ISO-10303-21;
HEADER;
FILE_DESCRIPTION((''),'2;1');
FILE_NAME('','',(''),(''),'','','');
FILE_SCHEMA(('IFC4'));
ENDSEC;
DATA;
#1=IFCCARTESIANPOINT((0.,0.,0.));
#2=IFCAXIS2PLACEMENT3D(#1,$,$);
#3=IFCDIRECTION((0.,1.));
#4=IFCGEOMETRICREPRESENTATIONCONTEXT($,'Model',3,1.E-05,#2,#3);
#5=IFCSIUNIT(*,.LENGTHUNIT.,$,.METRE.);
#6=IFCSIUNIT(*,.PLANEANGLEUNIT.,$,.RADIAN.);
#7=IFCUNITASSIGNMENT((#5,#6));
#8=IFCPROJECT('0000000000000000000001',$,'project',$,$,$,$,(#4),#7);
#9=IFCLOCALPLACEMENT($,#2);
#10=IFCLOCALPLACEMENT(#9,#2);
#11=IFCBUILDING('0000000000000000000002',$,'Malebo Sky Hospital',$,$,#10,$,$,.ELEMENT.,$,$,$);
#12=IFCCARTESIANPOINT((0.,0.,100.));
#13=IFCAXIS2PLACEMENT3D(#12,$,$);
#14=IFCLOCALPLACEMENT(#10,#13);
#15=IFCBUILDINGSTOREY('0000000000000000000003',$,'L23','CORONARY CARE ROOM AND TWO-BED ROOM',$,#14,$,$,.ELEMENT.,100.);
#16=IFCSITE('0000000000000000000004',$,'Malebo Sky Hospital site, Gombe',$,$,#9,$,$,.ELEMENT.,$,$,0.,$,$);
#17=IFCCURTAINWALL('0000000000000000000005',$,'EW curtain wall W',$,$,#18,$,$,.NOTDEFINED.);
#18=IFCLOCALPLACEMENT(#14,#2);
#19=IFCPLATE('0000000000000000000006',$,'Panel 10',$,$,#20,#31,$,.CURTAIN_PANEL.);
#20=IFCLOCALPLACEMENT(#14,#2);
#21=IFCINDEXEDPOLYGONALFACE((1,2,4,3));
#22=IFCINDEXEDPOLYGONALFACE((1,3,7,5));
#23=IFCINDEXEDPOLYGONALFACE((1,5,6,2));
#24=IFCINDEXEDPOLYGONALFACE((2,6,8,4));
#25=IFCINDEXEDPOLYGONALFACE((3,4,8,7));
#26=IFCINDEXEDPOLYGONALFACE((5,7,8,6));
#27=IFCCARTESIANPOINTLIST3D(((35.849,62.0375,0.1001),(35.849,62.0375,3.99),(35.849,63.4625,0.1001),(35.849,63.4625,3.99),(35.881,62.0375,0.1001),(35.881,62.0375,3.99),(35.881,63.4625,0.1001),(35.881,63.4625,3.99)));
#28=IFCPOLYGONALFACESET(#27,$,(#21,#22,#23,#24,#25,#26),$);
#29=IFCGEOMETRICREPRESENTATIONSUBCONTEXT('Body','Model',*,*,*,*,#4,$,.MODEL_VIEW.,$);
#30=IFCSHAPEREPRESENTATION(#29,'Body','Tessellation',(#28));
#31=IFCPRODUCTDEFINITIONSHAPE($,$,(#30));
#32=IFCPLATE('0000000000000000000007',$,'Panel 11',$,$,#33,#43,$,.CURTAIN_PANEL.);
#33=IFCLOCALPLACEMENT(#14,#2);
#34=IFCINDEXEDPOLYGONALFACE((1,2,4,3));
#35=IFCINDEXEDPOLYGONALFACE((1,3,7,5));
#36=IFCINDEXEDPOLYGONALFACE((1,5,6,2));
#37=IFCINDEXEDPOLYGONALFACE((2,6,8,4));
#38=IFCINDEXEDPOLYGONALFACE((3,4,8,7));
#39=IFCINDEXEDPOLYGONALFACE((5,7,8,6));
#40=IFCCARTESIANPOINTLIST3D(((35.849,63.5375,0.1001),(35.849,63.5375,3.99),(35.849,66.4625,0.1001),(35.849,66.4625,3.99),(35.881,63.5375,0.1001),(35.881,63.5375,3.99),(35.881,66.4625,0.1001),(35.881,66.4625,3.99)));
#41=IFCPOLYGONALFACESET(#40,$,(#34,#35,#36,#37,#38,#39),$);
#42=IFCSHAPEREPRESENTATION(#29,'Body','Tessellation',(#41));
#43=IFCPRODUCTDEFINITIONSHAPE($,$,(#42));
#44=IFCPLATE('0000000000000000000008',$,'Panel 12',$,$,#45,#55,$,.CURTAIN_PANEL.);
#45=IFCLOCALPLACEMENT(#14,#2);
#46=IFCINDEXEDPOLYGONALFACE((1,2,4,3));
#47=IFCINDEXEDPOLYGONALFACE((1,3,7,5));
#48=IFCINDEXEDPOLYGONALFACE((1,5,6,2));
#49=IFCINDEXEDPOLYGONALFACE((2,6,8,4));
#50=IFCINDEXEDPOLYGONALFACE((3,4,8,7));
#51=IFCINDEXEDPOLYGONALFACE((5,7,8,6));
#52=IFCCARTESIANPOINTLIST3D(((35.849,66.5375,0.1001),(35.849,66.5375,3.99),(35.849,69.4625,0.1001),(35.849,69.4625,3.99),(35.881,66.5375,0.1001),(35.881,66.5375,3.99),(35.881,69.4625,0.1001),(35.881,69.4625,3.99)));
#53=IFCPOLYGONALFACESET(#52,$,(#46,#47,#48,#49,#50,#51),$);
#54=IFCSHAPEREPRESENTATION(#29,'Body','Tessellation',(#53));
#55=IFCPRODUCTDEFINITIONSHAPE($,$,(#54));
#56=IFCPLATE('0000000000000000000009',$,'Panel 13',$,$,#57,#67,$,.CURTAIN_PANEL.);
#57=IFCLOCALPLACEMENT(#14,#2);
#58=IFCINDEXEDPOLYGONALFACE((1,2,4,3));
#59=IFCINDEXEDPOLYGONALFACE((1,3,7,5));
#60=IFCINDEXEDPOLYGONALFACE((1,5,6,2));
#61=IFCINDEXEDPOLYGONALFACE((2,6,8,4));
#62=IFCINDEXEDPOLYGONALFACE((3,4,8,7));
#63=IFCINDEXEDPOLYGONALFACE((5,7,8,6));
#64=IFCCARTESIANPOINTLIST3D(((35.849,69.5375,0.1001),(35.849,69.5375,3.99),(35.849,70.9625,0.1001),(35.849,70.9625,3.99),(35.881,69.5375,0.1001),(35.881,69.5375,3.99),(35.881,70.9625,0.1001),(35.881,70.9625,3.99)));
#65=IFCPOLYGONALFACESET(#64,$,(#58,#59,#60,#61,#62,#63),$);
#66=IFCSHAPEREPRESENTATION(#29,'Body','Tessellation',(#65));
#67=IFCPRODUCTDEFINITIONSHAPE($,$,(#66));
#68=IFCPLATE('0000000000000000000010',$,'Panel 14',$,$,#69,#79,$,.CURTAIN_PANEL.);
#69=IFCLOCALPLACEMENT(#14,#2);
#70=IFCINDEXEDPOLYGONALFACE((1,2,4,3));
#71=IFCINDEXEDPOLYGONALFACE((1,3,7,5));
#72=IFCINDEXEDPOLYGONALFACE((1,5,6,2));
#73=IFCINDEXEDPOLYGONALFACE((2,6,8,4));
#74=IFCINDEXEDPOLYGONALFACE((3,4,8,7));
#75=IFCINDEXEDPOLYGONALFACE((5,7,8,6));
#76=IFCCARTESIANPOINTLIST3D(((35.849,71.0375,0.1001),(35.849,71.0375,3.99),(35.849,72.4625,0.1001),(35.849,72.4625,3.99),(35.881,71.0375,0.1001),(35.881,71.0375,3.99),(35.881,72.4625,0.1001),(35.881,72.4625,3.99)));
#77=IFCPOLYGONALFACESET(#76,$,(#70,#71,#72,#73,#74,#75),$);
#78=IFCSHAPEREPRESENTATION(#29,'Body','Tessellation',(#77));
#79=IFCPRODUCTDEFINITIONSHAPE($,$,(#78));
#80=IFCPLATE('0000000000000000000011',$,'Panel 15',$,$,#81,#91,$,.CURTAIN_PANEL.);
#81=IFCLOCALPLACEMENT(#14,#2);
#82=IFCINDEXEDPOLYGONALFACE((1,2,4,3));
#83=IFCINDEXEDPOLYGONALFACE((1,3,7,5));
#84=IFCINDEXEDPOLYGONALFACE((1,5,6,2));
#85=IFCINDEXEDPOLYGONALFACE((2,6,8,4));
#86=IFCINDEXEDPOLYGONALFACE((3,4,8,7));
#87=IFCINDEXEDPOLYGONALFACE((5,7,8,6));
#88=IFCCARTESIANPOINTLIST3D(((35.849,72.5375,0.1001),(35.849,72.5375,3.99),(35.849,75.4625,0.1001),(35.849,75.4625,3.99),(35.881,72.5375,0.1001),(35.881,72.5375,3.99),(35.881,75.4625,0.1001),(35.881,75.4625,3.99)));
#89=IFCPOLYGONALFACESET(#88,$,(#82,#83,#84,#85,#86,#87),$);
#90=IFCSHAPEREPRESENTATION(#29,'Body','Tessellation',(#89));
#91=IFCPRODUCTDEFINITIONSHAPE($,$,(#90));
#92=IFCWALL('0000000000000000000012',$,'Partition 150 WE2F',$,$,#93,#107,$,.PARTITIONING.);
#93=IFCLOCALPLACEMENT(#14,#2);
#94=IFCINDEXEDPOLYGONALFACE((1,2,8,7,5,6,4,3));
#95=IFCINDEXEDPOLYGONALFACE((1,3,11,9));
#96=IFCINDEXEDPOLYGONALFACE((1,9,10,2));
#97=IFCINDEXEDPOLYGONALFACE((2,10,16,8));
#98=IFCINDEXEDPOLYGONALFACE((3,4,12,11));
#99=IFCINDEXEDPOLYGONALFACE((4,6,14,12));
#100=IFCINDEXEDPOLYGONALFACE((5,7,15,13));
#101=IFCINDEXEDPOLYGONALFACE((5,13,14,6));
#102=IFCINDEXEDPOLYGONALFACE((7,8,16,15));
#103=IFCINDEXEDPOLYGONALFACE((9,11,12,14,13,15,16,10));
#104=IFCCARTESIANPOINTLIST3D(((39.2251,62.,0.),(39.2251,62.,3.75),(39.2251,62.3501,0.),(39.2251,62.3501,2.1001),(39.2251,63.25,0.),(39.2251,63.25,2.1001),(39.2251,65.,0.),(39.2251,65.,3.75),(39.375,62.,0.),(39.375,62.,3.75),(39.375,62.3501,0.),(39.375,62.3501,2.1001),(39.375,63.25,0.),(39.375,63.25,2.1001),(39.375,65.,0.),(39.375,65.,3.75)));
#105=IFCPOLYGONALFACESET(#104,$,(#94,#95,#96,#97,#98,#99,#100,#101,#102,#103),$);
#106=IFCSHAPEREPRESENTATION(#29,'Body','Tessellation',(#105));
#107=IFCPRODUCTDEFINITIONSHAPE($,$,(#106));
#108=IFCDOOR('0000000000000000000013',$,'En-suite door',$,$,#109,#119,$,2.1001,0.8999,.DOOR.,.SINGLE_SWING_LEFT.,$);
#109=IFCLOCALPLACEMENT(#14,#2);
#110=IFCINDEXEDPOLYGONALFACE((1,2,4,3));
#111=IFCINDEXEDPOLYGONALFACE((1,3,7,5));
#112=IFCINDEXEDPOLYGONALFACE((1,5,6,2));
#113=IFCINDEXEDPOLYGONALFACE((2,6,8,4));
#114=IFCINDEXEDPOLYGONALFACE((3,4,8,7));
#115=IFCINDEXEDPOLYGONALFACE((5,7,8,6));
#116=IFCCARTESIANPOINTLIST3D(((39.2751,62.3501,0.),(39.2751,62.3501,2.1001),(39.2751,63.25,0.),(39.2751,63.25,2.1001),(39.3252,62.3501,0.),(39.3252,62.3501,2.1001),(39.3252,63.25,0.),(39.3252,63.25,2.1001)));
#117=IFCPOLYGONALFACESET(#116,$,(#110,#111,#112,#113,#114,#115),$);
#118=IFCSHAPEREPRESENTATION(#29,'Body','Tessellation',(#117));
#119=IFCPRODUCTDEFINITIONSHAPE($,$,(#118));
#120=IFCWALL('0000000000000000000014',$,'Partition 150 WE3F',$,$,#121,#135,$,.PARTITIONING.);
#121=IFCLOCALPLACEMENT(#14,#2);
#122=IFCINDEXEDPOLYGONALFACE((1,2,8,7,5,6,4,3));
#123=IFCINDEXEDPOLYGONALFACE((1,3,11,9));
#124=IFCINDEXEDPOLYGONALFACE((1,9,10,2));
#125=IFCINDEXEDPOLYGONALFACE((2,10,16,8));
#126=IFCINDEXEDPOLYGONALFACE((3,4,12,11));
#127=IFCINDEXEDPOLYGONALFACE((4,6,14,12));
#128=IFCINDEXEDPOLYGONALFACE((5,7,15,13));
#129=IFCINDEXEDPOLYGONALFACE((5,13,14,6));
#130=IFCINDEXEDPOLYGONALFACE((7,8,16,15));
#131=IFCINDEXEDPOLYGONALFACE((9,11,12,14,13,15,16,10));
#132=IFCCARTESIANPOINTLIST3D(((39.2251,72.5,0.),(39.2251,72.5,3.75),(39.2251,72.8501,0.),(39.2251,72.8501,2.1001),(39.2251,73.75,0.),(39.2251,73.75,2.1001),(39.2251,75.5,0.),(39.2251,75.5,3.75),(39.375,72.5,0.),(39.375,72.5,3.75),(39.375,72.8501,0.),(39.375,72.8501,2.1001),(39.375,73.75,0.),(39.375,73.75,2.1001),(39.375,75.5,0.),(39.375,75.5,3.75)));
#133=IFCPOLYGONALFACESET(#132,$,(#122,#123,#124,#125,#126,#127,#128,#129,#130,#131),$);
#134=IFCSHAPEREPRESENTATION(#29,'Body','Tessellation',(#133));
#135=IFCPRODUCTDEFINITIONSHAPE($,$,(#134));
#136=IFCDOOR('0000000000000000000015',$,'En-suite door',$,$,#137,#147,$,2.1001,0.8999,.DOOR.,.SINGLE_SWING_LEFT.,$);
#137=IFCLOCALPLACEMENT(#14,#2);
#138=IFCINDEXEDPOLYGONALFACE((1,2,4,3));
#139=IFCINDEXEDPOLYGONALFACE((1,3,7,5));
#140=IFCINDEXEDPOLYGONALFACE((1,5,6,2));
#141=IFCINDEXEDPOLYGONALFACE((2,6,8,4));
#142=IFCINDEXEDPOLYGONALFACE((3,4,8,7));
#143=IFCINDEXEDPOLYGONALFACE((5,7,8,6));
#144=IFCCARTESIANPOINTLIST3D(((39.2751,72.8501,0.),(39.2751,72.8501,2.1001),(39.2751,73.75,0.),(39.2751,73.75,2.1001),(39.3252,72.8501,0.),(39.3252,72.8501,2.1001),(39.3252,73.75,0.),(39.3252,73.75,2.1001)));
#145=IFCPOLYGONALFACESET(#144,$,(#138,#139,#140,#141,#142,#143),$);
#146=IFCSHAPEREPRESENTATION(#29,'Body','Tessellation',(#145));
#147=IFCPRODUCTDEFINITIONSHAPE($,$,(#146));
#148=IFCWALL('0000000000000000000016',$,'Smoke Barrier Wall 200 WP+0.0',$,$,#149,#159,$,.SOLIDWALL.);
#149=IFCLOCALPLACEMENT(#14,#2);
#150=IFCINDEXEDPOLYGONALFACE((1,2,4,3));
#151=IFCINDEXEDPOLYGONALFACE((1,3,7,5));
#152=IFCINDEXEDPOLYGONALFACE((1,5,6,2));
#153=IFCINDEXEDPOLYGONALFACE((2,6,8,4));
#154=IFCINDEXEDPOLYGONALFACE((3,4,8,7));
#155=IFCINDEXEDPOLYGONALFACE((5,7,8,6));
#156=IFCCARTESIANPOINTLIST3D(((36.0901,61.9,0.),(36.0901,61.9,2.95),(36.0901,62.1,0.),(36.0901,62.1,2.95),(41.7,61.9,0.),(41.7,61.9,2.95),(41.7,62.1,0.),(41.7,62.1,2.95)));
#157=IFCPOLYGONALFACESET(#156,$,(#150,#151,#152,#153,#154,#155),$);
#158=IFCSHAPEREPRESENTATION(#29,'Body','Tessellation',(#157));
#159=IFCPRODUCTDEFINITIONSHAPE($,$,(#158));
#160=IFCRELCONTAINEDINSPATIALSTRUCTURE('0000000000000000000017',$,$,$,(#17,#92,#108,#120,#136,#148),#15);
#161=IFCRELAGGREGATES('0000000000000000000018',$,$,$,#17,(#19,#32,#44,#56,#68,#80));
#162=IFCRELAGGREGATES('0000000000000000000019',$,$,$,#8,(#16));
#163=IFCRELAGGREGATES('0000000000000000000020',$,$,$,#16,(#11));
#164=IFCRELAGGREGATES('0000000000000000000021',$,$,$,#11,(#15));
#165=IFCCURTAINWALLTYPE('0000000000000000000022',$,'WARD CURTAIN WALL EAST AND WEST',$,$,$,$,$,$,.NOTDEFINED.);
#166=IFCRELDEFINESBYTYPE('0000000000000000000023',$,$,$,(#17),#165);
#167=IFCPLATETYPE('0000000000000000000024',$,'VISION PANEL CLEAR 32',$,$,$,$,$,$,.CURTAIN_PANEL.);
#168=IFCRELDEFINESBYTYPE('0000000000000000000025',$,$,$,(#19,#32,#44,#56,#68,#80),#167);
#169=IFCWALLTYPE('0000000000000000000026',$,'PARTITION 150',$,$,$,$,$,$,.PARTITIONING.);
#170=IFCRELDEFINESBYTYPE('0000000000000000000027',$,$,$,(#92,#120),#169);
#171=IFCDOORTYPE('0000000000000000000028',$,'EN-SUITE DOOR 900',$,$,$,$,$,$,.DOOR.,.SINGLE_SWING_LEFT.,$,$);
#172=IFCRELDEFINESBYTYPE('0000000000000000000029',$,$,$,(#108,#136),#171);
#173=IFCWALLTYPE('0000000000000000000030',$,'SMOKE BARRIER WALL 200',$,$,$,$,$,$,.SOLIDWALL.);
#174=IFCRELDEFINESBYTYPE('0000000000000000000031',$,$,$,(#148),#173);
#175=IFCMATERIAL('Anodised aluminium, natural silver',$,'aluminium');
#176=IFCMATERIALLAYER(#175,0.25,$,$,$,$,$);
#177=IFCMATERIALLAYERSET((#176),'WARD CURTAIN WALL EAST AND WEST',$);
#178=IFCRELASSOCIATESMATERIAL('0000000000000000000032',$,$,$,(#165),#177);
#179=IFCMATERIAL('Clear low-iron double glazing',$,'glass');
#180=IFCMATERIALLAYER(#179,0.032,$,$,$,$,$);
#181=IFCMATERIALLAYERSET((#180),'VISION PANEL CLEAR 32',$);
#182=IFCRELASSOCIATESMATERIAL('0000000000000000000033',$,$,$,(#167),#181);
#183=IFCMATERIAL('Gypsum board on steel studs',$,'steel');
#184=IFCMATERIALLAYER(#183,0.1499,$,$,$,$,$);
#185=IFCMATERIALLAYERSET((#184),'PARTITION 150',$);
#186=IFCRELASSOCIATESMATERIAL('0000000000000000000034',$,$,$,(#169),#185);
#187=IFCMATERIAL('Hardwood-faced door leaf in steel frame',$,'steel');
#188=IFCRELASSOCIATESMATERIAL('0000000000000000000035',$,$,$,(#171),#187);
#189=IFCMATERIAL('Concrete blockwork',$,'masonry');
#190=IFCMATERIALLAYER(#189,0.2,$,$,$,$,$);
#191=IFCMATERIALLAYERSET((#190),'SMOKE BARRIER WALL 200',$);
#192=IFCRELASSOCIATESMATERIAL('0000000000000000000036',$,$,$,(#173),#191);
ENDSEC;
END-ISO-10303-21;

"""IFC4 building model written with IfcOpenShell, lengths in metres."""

from ifc_helpers import new_model, si_unit, direction, frame, frame_2d, origin, origin_2d, place, context, subcontext, project, spatial, rectangle, extrude, material, layer, layer_set, type_object, element, fill, aggregate, save


model = new_model("IFC4")

# Units and contexts
model_context = context("Model", 3, precision=1e-05, world=origin(), true_north=direction((0.0, 1.0)))
body_context = subcontext(model_context, "Body", "Model", "MODEL_VIEW")
ifc_project = project(units=[si_unit("LENGTHUNIT", "METRE"), si_unit("PLANEANGLEUNIT", "RADIAN")], contexts=[model_context])

# Site, building, storey
site_placement = place(None, origin())
site = spatial("IfcSite", under=ifc_project, at=site_placement, Name="Malebo Sky Hospital site, Gombe", CompositionType="ELEMENT", RefElevation=0.0)
building_placement = place(site_placement, origin())
building = spatial("IfcBuilding", under=site, at=building_placement, Name="Malebo Sky Hospital", CompositionType="ELEMENT")
storey_placement = place(building_placement, frame((0.0, 0.0, 100.0)))
storey = spatial("IfcBuildingStorey", under=building, at=storey_placement, Name="L23", Description="CORONARY CARE ROOM AND TWO-BED ROOM", CompositionType="ELEMENT", Elevation=100.0)

# Curtain wall
ifc_material_1 = material(Name="Anodised aluminium, natural silver", Category="aluminium")
ifc_layer_1 = layer(ifc_material_1, 0.25)
ifc_layer_set_1 = layer_set([ifc_layer_1], Name="WARD CURTAIN WALL EAST AND WEST")
curtain_wall_type = type_object("IfcCurtainWallType", Name="WARD CURTAIN WALL EAST AND WEST", PredefinedType="NOTDEFINED", material=ifc_layer_set_1)
curtain_wall_placement = place(storey_placement, origin())
curtain_wall = element("IfcCurtainWall", 1, at=curtain_wall_placement, inside=storey, type_object=curtain_wall_type, Name="EW curtain wall W", PredefinedType="NOTDEFINED")

# Plates
ifc_material_2 = material(Name="Clear low-iron double glazing", Category="glass")
ifc_layer_2 = layer(ifc_material_2, 0.032)
ifc_layer_set_2 = layer_set([ifc_layer_2], Name="VISION PANEL CLEAR 32")
plate_type = type_object("IfcPlateType", Name="VISION PANEL CLEAR 32", PredefinedType="CURTAIN_PANEL", material=ifc_layer_set_2)
plate_1_placement = place(storey_placement, frame((35.865, 62.75, 0.1001), z_axis=(0.0, 0.0, 1.0), x_axis=(0.0, 1.0, 0.0)))
plate_1 = element("IfcPlate", 2, at=plate_1_placement, type_object=plate_type, Name="Panel 10", PredefinedType="CURTAIN_PANEL", context=body_context, shape_type="SweptSolid", body=[
    extrude(rectangle(XDim=1.425, YDim=0.032, at=origin_2d()), origin(), (0.0, 0.0, 1.0), 3.8899),
])
plate_2_placement = place(storey_placement, frame((35.865, 65.0, 0.1001), z_axis=(0.0, 0.0, 1.0), x_axis=(0.0, 1.0, 0.0)))
plate_2 = element("IfcPlate", 3, at=plate_2_placement, type_object=plate_type, Name="Panel 11", PredefinedType="CURTAIN_PANEL", context=body_context, shape_type="SweptSolid", body=[
    extrude(rectangle(XDim=2.925, YDim=0.032, at=origin_2d()), origin(), (0.0, 0.0, 1.0), 3.8899),
])
plate_3_placement = place(storey_placement, frame((35.865, 68.0, 0.1001), z_axis=(0.0, 0.0, 1.0), x_axis=(0.0, 1.0, 0.0)))
plate_3 = element("IfcPlate", 4, at=plate_3_placement, type_object=plate_type, Name="Panel 12", PredefinedType="CURTAIN_PANEL", context=body_context, shape_type="SweptSolid", body=[
    extrude(rectangle(XDim=2.925, YDim=0.032, at=origin_2d()), origin(), (0.0, 0.0, 1.0), 3.8899),
])
plate_4_placement = place(storey_placement, frame((35.865, 70.25, 0.1001), z_axis=(0.0, 0.0, 1.0), x_axis=(0.0, 1.0, 0.0)))
plate_4 = element("IfcPlate", 5, at=plate_4_placement, type_object=plate_type, Name="Panel 13", PredefinedType="CURTAIN_PANEL", context=body_context, shape_type="SweptSolid", body=[
    extrude(rectangle(XDim=1.425, YDim=0.032, at=origin_2d()), origin(), (0.0, 0.0, 1.0), 3.8899),
])
plate_5_placement = place(storey_placement, frame((35.865, 71.75, 0.1001), z_axis=(0.0, 0.0, 1.0), x_axis=(0.0, 1.0, 0.0)))
plate_5 = element("IfcPlate", 6, at=plate_5_placement, type_object=plate_type, Name="Panel 14", PredefinedType="CURTAIN_PANEL", context=body_context, shape_type="SweptSolid", body=[
    extrude(rectangle(XDim=1.425, YDim=0.032, at=origin_2d()), origin(), (0.0, 0.0, 1.0), 3.8899),
])
plate_6_placement = place(storey_placement, frame((35.865, 74.0, 0.1001), z_axis=(0.0, 0.0, 1.0), x_axis=(0.0, 1.0, 0.0)))
plate_6 = element("IfcPlate", 7, at=plate_6_placement, type_object=plate_type, Name="Panel 15", PredefinedType="CURTAIN_PANEL", context=body_context, shape_type="SweptSolid", body=[
    extrude(rectangle(XDim=2.925, YDim=0.032, at=origin_2d()), origin(), (0.0, 0.0, 1.0), 3.8899),
])
aggregate(curtain_wall, [plate_1, plate_2, plate_3, plate_4, plate_5, plate_6])

# Walls, openings, doors
ifc_material_3 = material(Name="Gypsum board on steel studs", Category="steel")
ifc_layer_3 = layer(ifc_material_3, 0.1499)
ifc_layer_set_3 = layer_set([ifc_layer_3], Name="PARTITION 150")
wall_type_1 = type_object("IfcWallType", Name="PARTITION 150", PredefinedType="PARTITIONING", material=ifc_layer_set_3)
wall_1_placement = place(storey_placement, frame((39.3, 62.0, 0.0), z_axis=(0.0, 0.0, 1.0), x_axis=(0.0, 1.0, 0.0)))
wall_1 = element("IfcWall", 8, at=wall_1_placement, inside=storey, type_object=wall_type_1, Name="Partition 150 WE2F", PredefinedType="PARTITIONING", context=body_context, shape_type="SweptSolid", body=[
    extrude(rectangle(XDim=3.0, YDim=0.1499, at=frame_2d((1.5, 0.0))), origin(), (0.0, 0.0, 1.0), 3.75),
])
opening_1_placement = place(wall_1_placement, frame((0.3501, 0.0, 0.0)))
opening_1 = element("IfcOpeningElement", 9, at=opening_1_placement, cuts=wall_1, PredefinedType="OPENING", context=body_context, shape_type="SweptSolid", body=[
    extrude(rectangle(XDim=0.8999, YDim=2.1001, at=frame_2d((0.45, 1.05))), frame((0.0, 0.085, 0.0), z_axis=(0.0, -1.0, 0.0), x_axis=(1.0, 0.0, 0.0)), (0.0, 0.0, 1.0), 0.1699),
])
ifc_material_4 = material(Name="Hardwood-faced door leaf in steel frame", Category="steel")
door_type = type_object("IfcDoorType", Name="EN-SUITE DOOR 900", OperationType="SINGLE_SWING_LEFT", PredefinedType="DOOR", material=ifc_material_4)
door_1_placement = place(opening_1_placement, origin())
door_1 = element("IfcDoor", 10, at=door_1_placement, inside=storey, type_object=door_type, Name="En-suite door", OperationType="SINGLE_SWING_LEFT", OverallHeight=2.1001, OverallWidth=0.8999, PredefinedType="DOOR", context=body_context, shape_type="SweptSolid", body=[
    extrude(rectangle(XDim=0.8999, YDim=2.1001, at=frame_2d((0.45, 1.05))), frame((0.0, 0.0249, 0.0), z_axis=(0.0, -1.0, 0.0), x_axis=(1.0, 0.0, 0.0)), (0.0, 0.0, 1.0), 0.05),
])
fill(opening_1, door_1)
wall_2_placement = place(storey_placement, frame((39.3, 72.5, 0.0), z_axis=(0.0, 0.0, 1.0), x_axis=(0.0, 1.0, 0.0)))
wall_2 = element("IfcWall", 11, at=wall_2_placement, inside=storey, type_object=wall_type_1, Name="Partition 150 WE3F", PredefinedType="PARTITIONING", context=body_context, shape_type="SweptSolid", body=[
    extrude(rectangle(XDim=3.0, YDim=0.1499, at=frame_2d((1.5, 0.0))), origin(), (0.0, 0.0, 1.0), 3.75),
])
opening_2_placement = place(wall_2_placement, frame((0.3501, 0.0, 0.0)))
opening_2 = element("IfcOpeningElement", 12, at=opening_2_placement, cuts=wall_2, PredefinedType="OPENING", context=body_context, shape_type="SweptSolid", body=[
    extrude(rectangle(XDim=0.8999, YDim=2.1001, at=frame_2d((0.45, 1.05))), frame((0.0, 0.085, 0.0), z_axis=(0.0, -1.0, 0.0), x_axis=(1.0, 0.0, 0.0)), (0.0, 0.0, 1.0), 0.1699),
])
door_2_placement = place(opening_2_placement, origin())
door_2 = element("IfcDoor", 13, at=door_2_placement, inside=storey, type_object=door_type, Name="En-suite door", OperationType="SINGLE_SWING_LEFT", OverallHeight=2.1001, OverallWidth=0.8999, PredefinedType="DOOR", context=body_context, shape_type="SweptSolid", body=[
    extrude(rectangle(XDim=0.8999, YDim=2.1001, at=frame_2d((0.45, 1.05))), frame((0.0, 0.0249, 0.0), z_axis=(0.0, -1.0, 0.0), x_axis=(1.0, 0.0, 0.0)), (0.0, 0.0, 1.0), 0.05),
])
fill(opening_2, door_2)

# Wall
ifc_material_5 = material(Name="Concrete blockwork", Category="masonry")
ifc_layer_4 = layer(ifc_material_5, 0.2)
ifc_layer_set_4 = layer_set([ifc_layer_4], Name="SMOKE BARRIER WALL 200")
wall_type_2 = type_object("IfcWallType", Name="SMOKE BARRIER WALL 200", PredefinedType="SOLIDWALL", material=ifc_layer_set_4)
wall_3_placement = place(storey_placement, frame((41.7, 62.0, 0.0), z_axis=(0.0, 0.0, 1.0), x_axis=(-1.0, 0.0, 0.0)))
element("IfcWall", 14, at=wall_3_placement, inside=storey, type_object=wall_type_2, Name="Smoke Barrier Wall 200 WP+0.0", PredefinedType="SOLIDWALL", context=body_context, shape_type="SweptSolid", body=[
    extrude(rectangle(XDim=5.6099, YDim=0.2, at=frame_2d((2.8049, 0.0))), origin(), (0.0, 0.0, 1.0), 2.95),
])

save(model, "model.ifc")
